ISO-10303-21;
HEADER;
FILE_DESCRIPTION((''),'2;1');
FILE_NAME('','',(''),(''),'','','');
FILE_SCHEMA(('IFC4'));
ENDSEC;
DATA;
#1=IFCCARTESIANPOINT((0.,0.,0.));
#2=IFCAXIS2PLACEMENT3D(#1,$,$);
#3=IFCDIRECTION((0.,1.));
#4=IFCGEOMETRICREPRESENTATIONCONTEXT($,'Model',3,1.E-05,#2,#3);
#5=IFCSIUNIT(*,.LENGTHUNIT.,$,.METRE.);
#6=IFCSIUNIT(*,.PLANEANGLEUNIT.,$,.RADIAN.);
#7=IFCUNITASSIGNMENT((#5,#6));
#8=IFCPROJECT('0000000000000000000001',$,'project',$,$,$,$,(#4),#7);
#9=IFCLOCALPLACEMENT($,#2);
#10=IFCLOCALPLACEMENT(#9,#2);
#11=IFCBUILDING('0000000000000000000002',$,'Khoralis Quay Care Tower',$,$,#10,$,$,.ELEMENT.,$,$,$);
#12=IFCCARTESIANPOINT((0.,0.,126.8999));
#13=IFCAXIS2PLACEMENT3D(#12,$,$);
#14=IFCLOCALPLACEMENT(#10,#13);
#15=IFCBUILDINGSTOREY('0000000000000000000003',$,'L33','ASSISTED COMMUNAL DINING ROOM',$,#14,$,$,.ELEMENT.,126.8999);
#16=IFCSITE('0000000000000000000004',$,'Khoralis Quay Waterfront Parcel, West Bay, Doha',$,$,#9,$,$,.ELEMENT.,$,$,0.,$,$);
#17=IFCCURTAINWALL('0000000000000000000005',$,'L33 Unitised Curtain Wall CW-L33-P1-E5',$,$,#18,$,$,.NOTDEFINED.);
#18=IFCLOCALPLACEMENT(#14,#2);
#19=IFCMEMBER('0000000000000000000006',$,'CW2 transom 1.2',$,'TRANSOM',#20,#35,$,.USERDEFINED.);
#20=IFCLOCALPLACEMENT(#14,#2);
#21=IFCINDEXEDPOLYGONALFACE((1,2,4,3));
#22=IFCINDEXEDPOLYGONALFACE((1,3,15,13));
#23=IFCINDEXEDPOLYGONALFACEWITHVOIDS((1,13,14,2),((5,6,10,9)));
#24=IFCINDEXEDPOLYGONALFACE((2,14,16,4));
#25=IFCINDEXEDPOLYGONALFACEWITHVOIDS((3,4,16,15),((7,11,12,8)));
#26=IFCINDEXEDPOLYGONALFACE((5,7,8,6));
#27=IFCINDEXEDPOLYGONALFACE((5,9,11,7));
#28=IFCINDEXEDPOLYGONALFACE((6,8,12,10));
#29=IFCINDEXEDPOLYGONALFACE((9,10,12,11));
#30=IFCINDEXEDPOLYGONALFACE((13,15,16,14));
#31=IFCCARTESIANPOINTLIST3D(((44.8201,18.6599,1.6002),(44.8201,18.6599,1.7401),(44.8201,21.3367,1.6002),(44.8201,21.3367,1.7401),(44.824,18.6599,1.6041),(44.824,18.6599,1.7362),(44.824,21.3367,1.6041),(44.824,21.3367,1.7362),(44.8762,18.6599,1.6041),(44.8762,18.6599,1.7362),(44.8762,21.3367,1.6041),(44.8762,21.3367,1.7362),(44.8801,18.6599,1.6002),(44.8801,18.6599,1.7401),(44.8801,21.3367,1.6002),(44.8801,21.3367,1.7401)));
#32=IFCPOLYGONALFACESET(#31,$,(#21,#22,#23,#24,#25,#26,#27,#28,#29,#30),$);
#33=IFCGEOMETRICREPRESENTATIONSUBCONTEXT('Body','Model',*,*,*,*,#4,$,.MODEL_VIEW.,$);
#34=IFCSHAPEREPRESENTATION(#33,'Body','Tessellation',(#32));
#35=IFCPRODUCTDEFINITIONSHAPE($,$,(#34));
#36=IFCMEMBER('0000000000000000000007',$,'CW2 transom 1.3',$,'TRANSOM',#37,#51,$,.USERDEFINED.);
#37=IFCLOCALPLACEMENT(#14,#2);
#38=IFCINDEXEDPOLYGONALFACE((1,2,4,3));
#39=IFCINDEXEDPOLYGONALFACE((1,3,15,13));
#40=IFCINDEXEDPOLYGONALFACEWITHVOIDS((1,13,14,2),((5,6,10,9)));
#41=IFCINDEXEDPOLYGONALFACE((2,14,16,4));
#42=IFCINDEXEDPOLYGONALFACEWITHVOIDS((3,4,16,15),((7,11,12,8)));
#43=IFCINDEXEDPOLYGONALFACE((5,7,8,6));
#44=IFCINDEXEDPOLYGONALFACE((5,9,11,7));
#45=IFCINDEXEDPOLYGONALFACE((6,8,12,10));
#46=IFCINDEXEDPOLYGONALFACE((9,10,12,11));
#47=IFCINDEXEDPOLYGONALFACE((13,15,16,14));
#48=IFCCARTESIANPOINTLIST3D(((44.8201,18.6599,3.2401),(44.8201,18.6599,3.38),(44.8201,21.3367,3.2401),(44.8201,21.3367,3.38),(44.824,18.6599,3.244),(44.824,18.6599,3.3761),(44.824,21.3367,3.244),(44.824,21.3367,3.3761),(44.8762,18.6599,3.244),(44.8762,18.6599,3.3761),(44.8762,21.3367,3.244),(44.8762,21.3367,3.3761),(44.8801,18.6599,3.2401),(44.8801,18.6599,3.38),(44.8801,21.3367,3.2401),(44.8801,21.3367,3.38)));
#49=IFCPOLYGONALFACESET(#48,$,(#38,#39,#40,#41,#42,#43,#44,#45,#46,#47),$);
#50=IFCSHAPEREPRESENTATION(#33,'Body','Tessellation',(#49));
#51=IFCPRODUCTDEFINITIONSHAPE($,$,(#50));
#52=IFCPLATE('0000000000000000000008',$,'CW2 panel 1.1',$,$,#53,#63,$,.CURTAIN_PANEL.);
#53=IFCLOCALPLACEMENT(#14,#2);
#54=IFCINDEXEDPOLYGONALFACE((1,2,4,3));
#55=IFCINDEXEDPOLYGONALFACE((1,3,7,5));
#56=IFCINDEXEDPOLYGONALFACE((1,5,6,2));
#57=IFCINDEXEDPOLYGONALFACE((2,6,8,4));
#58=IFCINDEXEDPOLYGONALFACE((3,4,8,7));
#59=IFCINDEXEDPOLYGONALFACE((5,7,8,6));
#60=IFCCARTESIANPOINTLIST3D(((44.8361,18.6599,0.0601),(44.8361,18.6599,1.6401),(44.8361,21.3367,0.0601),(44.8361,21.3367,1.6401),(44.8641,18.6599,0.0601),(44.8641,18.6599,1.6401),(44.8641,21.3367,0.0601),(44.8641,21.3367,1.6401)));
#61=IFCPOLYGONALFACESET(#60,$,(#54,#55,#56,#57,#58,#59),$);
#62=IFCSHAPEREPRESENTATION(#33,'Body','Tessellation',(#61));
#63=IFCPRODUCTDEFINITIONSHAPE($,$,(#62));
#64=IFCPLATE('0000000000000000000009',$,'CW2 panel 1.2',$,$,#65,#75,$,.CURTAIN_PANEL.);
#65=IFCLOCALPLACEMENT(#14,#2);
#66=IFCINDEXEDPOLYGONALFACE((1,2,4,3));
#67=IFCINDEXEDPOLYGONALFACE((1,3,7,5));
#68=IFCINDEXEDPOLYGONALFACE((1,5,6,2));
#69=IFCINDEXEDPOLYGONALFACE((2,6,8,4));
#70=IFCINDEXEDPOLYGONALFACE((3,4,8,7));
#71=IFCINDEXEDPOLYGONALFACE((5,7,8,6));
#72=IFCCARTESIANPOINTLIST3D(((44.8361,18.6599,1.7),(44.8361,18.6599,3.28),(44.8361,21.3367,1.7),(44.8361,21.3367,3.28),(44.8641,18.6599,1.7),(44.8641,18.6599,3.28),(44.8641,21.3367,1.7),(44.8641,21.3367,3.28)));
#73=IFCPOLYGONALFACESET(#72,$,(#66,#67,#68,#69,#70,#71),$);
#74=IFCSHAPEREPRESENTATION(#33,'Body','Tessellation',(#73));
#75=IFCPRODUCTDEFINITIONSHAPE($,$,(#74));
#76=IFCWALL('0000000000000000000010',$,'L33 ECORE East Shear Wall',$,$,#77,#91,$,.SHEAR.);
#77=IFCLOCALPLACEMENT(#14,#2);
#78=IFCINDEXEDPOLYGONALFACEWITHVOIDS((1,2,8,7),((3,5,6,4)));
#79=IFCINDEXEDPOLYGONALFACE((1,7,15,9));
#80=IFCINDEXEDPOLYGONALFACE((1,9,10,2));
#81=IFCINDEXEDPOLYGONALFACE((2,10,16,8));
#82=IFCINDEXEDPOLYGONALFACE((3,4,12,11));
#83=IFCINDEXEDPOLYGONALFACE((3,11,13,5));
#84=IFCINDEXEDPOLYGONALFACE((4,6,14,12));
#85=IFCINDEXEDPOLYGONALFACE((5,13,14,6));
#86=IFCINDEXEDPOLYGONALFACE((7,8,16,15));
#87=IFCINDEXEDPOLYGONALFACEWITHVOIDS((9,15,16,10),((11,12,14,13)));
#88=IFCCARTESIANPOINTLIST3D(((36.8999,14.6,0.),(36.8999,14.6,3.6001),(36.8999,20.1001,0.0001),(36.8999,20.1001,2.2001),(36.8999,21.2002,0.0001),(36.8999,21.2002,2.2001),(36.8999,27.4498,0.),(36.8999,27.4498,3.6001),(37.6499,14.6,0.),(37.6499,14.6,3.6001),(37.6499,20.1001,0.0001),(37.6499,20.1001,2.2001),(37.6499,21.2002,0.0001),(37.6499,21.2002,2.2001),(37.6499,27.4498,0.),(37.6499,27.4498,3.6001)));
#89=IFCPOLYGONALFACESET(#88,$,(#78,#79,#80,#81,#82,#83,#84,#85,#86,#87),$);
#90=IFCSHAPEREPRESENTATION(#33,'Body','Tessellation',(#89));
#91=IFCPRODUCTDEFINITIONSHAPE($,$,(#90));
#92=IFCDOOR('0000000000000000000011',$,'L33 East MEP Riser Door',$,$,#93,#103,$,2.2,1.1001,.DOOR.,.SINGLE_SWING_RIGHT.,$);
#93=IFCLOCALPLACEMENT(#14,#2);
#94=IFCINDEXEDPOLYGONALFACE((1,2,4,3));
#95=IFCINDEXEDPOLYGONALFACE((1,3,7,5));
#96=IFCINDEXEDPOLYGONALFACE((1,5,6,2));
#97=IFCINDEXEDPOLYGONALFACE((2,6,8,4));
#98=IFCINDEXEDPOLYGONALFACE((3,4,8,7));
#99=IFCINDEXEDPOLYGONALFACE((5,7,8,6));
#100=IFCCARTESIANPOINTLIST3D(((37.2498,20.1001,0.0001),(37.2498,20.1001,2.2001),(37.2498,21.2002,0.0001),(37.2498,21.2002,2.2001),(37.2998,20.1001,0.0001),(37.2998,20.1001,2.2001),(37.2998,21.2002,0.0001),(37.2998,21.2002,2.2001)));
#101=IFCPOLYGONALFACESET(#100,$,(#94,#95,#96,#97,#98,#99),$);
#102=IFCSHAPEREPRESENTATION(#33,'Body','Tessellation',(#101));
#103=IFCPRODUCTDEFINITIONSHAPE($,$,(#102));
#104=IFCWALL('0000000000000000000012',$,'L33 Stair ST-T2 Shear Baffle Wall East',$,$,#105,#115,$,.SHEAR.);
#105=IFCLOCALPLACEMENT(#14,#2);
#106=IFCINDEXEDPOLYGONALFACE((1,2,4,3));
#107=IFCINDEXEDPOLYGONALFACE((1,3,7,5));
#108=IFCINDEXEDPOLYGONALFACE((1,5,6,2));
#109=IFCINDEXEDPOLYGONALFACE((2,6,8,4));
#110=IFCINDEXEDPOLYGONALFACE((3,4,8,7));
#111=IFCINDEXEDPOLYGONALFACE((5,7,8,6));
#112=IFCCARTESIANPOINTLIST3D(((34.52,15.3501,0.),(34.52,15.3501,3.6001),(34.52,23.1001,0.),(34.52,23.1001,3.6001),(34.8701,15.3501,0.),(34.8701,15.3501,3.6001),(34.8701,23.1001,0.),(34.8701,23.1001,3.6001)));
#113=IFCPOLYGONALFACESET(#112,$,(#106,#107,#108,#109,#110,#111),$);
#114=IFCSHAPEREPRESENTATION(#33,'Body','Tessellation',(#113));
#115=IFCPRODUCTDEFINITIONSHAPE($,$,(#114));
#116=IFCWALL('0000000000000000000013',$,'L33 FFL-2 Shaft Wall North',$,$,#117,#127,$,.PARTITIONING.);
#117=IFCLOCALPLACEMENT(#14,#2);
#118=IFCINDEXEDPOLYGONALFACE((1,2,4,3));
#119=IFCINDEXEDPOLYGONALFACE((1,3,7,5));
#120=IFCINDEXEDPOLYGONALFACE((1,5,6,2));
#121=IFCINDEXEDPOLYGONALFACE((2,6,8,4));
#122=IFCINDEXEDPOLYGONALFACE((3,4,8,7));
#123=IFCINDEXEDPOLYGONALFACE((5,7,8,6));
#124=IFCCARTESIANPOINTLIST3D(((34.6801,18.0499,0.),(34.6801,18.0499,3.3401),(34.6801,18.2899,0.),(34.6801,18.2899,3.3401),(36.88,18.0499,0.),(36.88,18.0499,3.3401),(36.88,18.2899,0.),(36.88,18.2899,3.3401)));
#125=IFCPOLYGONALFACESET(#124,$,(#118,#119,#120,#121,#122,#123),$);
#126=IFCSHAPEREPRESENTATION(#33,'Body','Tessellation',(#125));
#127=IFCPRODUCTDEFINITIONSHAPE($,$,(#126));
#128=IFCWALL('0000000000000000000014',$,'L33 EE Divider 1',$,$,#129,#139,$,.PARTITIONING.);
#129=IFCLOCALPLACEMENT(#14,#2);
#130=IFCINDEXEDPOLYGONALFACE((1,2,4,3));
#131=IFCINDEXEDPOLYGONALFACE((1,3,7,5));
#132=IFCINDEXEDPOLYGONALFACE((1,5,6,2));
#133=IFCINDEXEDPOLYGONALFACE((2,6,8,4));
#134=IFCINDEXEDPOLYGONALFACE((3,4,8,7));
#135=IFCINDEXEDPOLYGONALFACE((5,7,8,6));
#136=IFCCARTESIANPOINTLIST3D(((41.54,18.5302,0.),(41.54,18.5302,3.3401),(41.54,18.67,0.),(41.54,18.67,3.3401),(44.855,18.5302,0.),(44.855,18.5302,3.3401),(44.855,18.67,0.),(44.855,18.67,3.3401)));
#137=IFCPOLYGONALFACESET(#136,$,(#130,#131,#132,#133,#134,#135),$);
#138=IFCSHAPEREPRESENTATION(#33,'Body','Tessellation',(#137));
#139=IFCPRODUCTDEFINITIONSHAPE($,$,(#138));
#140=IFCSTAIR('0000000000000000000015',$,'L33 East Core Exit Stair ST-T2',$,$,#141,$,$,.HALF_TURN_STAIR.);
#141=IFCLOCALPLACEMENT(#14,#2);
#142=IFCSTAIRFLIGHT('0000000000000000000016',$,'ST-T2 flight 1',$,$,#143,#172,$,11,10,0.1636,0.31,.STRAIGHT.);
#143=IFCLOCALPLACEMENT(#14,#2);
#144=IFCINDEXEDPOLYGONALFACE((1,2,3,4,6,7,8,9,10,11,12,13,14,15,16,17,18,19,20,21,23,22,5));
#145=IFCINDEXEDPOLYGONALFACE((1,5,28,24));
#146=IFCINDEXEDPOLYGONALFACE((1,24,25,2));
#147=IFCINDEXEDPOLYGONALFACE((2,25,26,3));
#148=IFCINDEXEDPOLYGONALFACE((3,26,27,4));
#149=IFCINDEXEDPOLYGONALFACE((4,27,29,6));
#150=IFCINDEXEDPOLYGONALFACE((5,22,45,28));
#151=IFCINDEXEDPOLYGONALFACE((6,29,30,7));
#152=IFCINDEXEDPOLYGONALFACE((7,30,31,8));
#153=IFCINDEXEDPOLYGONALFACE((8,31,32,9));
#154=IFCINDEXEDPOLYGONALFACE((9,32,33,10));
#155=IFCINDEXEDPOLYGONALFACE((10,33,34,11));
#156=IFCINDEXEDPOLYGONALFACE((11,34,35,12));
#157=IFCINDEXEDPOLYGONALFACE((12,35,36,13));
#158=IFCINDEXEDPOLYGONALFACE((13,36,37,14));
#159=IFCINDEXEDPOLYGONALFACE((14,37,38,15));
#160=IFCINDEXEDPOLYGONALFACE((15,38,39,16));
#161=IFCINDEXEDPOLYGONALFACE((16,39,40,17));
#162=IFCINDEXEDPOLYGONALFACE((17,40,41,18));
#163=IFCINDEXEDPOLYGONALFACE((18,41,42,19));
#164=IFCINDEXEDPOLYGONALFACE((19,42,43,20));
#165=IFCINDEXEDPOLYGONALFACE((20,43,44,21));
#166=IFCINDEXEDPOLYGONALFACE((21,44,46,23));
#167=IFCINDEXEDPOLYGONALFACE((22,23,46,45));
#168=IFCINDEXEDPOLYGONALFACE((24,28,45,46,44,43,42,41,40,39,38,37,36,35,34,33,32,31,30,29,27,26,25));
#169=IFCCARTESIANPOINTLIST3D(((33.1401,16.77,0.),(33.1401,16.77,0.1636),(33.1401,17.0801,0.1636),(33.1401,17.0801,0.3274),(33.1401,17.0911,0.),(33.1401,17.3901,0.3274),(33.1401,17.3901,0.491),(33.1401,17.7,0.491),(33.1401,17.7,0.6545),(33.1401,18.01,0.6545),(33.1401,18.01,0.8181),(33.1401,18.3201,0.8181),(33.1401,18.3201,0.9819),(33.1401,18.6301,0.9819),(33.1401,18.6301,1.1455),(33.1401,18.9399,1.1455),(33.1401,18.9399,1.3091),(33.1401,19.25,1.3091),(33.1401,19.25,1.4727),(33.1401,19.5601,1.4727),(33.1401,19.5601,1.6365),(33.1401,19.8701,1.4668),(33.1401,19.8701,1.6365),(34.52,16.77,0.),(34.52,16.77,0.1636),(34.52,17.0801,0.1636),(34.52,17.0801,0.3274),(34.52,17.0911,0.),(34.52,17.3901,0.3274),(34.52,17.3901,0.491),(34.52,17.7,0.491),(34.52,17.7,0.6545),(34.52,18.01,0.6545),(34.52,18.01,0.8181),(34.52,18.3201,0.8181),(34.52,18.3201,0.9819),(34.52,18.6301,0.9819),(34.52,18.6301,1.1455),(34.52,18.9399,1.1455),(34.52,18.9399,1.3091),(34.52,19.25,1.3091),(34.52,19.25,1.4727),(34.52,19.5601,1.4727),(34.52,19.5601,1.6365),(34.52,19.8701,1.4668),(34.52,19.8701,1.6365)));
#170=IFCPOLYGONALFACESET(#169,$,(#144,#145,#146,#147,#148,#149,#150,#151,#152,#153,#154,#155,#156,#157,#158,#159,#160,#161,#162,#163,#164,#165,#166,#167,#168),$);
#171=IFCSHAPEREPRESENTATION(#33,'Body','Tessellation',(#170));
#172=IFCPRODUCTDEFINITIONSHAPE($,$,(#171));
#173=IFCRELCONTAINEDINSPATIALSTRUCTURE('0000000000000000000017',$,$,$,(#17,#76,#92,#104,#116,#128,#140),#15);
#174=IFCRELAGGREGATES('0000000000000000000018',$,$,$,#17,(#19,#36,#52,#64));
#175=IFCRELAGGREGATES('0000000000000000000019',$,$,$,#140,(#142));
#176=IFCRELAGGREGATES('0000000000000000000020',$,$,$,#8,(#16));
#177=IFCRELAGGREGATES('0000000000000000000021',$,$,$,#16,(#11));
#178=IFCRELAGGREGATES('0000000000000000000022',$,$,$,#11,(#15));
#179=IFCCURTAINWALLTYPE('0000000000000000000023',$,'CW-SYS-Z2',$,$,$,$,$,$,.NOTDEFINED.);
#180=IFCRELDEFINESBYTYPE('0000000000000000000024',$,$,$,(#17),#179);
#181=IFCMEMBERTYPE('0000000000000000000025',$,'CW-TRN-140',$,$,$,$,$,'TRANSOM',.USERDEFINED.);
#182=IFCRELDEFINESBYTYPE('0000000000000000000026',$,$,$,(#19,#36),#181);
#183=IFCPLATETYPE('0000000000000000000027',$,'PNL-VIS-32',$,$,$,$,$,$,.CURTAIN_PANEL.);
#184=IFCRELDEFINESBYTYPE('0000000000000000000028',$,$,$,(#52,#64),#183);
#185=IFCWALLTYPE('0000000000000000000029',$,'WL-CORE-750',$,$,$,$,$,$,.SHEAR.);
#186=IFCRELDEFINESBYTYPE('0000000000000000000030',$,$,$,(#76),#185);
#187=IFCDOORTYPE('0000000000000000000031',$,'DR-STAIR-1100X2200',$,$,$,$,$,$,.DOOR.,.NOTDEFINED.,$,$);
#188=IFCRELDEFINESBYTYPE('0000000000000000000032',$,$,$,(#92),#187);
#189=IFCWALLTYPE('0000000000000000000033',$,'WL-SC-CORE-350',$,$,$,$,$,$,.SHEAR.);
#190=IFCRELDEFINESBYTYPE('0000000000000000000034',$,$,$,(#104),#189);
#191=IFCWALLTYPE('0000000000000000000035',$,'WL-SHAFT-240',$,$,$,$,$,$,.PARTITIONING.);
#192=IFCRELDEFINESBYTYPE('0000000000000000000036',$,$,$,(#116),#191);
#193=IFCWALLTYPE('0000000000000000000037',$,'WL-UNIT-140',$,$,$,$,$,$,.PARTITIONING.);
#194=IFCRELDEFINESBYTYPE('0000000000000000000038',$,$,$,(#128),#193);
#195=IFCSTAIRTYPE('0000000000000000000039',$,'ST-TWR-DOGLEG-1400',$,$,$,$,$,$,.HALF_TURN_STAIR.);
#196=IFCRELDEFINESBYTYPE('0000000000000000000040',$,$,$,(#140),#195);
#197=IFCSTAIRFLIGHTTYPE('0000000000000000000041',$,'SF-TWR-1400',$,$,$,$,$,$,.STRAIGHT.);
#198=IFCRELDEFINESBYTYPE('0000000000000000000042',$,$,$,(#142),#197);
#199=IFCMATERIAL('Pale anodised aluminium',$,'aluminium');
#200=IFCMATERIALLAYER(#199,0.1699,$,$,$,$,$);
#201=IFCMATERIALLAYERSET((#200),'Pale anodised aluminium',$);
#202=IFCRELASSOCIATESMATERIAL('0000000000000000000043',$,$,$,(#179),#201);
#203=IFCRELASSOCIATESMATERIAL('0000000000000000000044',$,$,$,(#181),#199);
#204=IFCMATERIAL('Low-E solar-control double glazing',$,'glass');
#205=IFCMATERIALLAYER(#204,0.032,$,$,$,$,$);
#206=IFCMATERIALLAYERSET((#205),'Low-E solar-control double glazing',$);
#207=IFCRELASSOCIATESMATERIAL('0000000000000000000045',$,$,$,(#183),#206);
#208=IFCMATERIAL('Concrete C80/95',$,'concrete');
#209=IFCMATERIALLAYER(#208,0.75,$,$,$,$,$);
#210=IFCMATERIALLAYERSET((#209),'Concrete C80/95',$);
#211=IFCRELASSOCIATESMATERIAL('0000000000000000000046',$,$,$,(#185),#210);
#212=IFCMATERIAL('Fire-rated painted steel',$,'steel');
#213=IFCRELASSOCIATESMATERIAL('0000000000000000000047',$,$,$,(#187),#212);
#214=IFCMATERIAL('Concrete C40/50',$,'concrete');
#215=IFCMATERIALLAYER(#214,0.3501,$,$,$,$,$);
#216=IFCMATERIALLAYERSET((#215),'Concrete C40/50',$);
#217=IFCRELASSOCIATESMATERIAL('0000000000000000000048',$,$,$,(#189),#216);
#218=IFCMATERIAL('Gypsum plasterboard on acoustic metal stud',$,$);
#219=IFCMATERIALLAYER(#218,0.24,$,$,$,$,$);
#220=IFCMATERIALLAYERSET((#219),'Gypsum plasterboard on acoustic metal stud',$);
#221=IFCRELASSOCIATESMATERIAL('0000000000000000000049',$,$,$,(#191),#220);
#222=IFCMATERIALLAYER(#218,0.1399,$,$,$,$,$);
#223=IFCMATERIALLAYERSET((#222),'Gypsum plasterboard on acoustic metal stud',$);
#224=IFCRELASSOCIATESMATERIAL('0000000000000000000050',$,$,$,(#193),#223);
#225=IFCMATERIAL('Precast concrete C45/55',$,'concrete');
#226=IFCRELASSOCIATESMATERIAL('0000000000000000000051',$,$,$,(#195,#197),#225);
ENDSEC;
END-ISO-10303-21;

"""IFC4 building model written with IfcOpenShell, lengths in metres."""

from ifc_helpers import new_model, si_unit, direction, frame, frame_2d, origin, origin_2d, place, context, subcontext, project, spatial, polyline, rectangle, hollow_rectangle, outline, extrude, source, transform, mapped, material, layer, layer_set, material_profile, profile_set, type_object, element, fill, aggregate, save


model = new_model("IFC4")

# Units and contexts
model_context = context("Model", 3, precision=1e-05, world=origin(), true_north=direction((0.0, 1.0)))
body_context = subcontext(model_context, "Body", "Model", "MODEL_VIEW")
ifc_project = project(units=[si_unit("LENGTHUNIT", "METRE"), si_unit("PLANEANGLEUNIT", "RADIAN")], contexts=[model_context])

# Site, building, storey
site_placement = place(None, origin())
site = spatial("IfcSite", under=ifc_project, at=site_placement, Name="Khoralis Quay Waterfront Parcel, West Bay, Doha", CompositionType="ELEMENT", RefElevation=0.0)
building_placement = place(site_placement, origin())
building = spatial("IfcBuilding", under=site, at=building_placement, Name="Khoralis Quay Care Tower", CompositionType="ELEMENT")
storey_placement = place(building_placement, frame((0.0, 0.0, 126.8999)))
storey = spatial("IfcBuildingStorey", under=building, at=storey_placement, Name="L33", Description="ASSISTED COMMUNAL DINING ROOM", CompositionType="ELEMENT", Elevation=126.8999)

# Curtain wall, members, plates
ifc_material_1 = material(Name="Pale anodised aluminium", Category="aluminium")
ifc_layer_1 = layer(ifc_material_1, 0.1699)
ifc_layer_set_1 = layer_set([ifc_layer_1], Name="Pale anodised aluminium")
curtain_wall_type = type_object("IfcCurtainWallType", Name="CW-SYS-Z2", PredefinedType="NOTDEFINED", material=ifc_layer_set_1)
curtain_wall_placement = place(storey_placement, origin())
curtain_wall = element("IfcCurtainWall", 1, at=curtain_wall_placement, inside=storey, type_object=curtain_wall_type, Name="L33 Unitised Curtain Wall CW-L33-P1-E5", PredefinedType="NOTDEFINED")
ifc_material_profile_1 = material_profile(ifc_material_1, hollow_rectangle(XDim=0.0601, YDim=0.1399, WallThickness=0.0039, at=origin_2d()), Name="Pale anodised aluminium")
ifc_profile_set_1 = profile_set([ifc_material_profile_1], Name="Pale anodised aluminium")
member_type_1 = type_object("IfcMemberType", Name="CW-TRN-140", ElementType="TRANSOM", PredefinedType="USERDEFINED", material=ifc_profile_set_1)
shared_shape_1 = source(origin(), body_context, "Body", "SweptSolid", [
    extrude(hollow_rectangle(XDim=0.0601, YDim=0.1399, WallThickness=0.0039, at=origin_2d()), origin(), (0.0, 0.0, 1.0), 2.6768),
])
member_1_placement = place(storey_placement, frame((44.8501, 18.6599, 1.6702), z_axis=(0.0, 1.0, 0.0), x_axis=(-1.0, 0.0, 0.0)))
member_1 = element("IfcMember", 2, at=member_1_placement, type_object=member_type_1, Name="CW2 transom 1.2", ObjectType="TRANSOM", PredefinedType="USERDEFINED", context=body_context, shape_type="MappedRepresentation", body=[
    mapped(shared_shape_1, transform((0.0, 0.0, 0.0), scale=1.0)),
])
member_2_placement = place(storey_placement, frame((44.8501, 18.6599, 3.3101), z_axis=(0.0, 1.0, 0.0), x_axis=(-1.0, 0.0, 0.0)))
member_2 = element("IfcMember", 3, at=member_2_placement, type_object=member_type_1, Name="CW2 transom 1.3", ObjectType="TRANSOM", PredefinedType="USERDEFINED", context=body_context, shape_type="MappedRepresentation", body=[
    mapped(shared_shape_1, transform((0.0, 0.0, 0.0), scale=1.0)),
])
ifc_material_2 = material(Name="Low-E solar-control double glazing", Category="glass")
ifc_layer_2 = layer(ifc_material_2, 0.032)
ifc_layer_set_2 = layer_set([ifc_layer_2], Name="Low-E solar-control double glazing")
plate_type = type_object("IfcPlateType", Name="PNL-VIS-32", PredefinedType="CURTAIN_PANEL", material=ifc_layer_set_2)
shared_shape_2 = source(origin(), body_context, "Body", "SweptSolid", [
    extrude(rectangle(XDim=2.6768, YDim=0.0281, at=origin_2d()), origin(), (0.0, 0.0, 1.0), 1.5801),
])
plate_1_placement = place(storey_placement, frame((44.8501, 19.9983, 0.0601), z_axis=(0.0, 0.0, 1.0), x_axis=(0.0, 1.0, 0.0)))
plate_1 = element("IfcPlate", 4, at=plate_1_placement, type_object=plate_type, Name="CW2 panel 1.1", PredefinedType="CURTAIN_PANEL", context=body_context, shape_type="MappedRepresentation", body=[
    mapped(shared_shape_2, transform((0.0, 0.0, 0.0), scale=1.0)),
])
plate_2_placement = place(storey_placement, frame((44.8501, 19.9983, 1.7), z_axis=(0.0, 0.0, 1.0), x_axis=(0.0, 1.0, 0.0)))
plate_2 = element("IfcPlate", 5, at=plate_2_placement, type_object=plate_type, Name="CW2 panel 1.2", PredefinedType="CURTAIN_PANEL", context=body_context, shape_type="MappedRepresentation", body=[
    mapped(shared_shape_2, transform((0.0, 0.0, 0.0), scale=1.0)),
])
aggregate(curtain_wall, [member_1, member_2, plate_1, plate_2])

# Wall, opening, door
ifc_material_3 = material(Name="Concrete C80/95", Category="concrete")
ifc_layer_3 = layer(ifc_material_3, 0.75)
ifc_layer_set_3 = layer_set([ifc_layer_3], Name="Concrete C80/95")
wall_type_1 = type_object("IfcWallType", Name="WL-CORE-750", PredefinedType="SHEAR", material=ifc_layer_set_3)
wall_1_placement = place(storey_placement, frame((37.2749, 14.6001, 0.0), z_axis=(0.0, 0.0, 1.0), x_axis=(0.0, 1.0, 0.0)))
wall_1 = element("IfcWall", 6, at=wall_1_placement, inside=storey, type_object=wall_type_1, Name="L33 ECORE East Shear Wall", PredefinedType="SHEAR", context=body_context, shape_type="SweptSolid", body=[
    extrude(rectangle(XDim=12.8499, YDim=0.75, at=frame_2d((6.4248, 0.0))), origin(), (0.0, 0.0, 1.0), 3.6001),
])
opening_placement = place(wall_1_placement, frame((5.5, 0.0, 0.0)))
opening = element("IfcOpeningElement", 7, at=opening_placement, cuts=wall_1, PredefinedType="OPENING", context=body_context, shape_type="SweptSolid", body=[
    extrude(rectangle(XDim=1.1001, YDim=2.2, at=frame_2d((0.55, 1.1001))), frame((0.0, 0.385, 0.0), z_axis=(0.0, -1.0, 0.0), x_axis=(1.0, 0.0, 0.0)), (0.0, 0.0, 1.0), 0.77),
])
ifc_material_4 = material(Name="Fire-rated painted steel", Category="steel")
door_type = type_object("IfcDoorType", Name="DR-STAIR-1100X2200", OperationType="NOTDEFINED", PredefinedType="DOOR", material=ifc_material_4)
shared_shape_3 = source(origin(), body_context, "Body", "SweptSolid", [
    extrude(rectangle(XDim=1.1001, YDim=2.2, at=frame_2d((0.55, 1.1001))), frame((0.0, 0.0249, 0.0), z_axis=(0.0, -1.0, 0.0), x_axis=(1.0, 0.0, 0.0)), (0.0, 0.0, 1.0), 0.05),
])
door_placement = place(opening_placement, frame((1.1001, 0.0, 0.0), z_axis=(0.0, 0.0, 1.0), x_axis=(-1.0, 0.0, 0.0)))
door = element("IfcDoor", 8, at=door_placement, inside=storey, type_object=door_type, Name="L33 East MEP Riser Door", OperationType="SINGLE_SWING_RIGHT", OverallHeight=2.2, OverallWidth=1.1001, PredefinedType="DOOR", context=body_context, shape_type="MappedRepresentation", body=[
    mapped(shared_shape_3, transform((0.0, 0.0, 0.0), scale=1.0)),
])
fill(opening, door)

# Walls
ifc_material_5 = material(Name="Concrete C40/50", Category="concrete")
ifc_layer_4 = layer(ifc_material_5, 0.3501)
ifc_layer_set_4 = layer_set([ifc_layer_4], Name="Concrete C40/50")
wall_type_2 = type_object("IfcWallType", Name="WL-SC-CORE-350", PredefinedType="SHEAR", material=ifc_layer_set_4)
wall_2_placement = place(storey_placement, frame((34.6951, 15.3501, 0.0), z_axis=(0.0, 0.0, 1.0), x_axis=(0.0, 1.0, 0.0)))
element("IfcWall", 9, at=wall_2_placement, inside=storey, type_object=wall_type_2, Name="L33 Stair ST-T2 Shear Baffle Wall East", PredefinedType="SHEAR", context=body_context, shape_type="SweptSolid", body=[
    extrude(rectangle(XDim=7.75, YDim=0.3501, at=frame_2d((3.875, 0.0))), origin(), (0.0, 0.0, 1.0), 3.6001),
])
ifc_material_6 = material(Name="Gypsum plasterboard on acoustic metal stud")
ifc_layer_5 = layer(ifc_material_6, 0.24)
ifc_layer_set_5 = layer_set([ifc_layer_5], Name="Gypsum plasterboard on acoustic metal stud")
wall_type_3 = type_object("IfcWallType", Name="WL-SHAFT-240", PredefinedType="PARTITIONING", material=ifc_layer_set_5)
wall_3_placement = place(storey_placement, frame((34.6799, 18.1699, 0.0), z_axis=(0.0, 0.0, 1.0), x_axis=(1.0, 0.0, 0.0)))
element("IfcWall", 10, at=wall_3_placement, inside=storey, type_object=wall_type_3, Name="L33 FFL-2 Shaft Wall North", PredefinedType="PARTITIONING", context=body_context, shape_type="SweptSolid", body=[
    extrude(rectangle(XDim=2.2, YDim=0.24, at=frame_2d((1.1001, 0.0))), origin(), (0.0, 0.0, 1.0), 3.3401),
])
ifc_layer_6 = layer(ifc_material_6, 0.1399)
ifc_layer_set_6 = layer_set([ifc_layer_6], Name="Gypsum plasterboard on acoustic metal stud")
wall_type_4 = type_object("IfcWallType", Name="WL-UNIT-140", PredefinedType="PARTITIONING", material=ifc_layer_set_6)
wall_4_placement = place(storey_placement, frame((41.54, 18.6001, 0.0), z_axis=(0.0, 0.0, 1.0), x_axis=(1.0, 0.0, 0.0)))
element("IfcWall", 11, at=wall_4_placement, inside=storey, type_object=wall_type_4, Name="L33 EE Divider 1", PredefinedType="PARTITIONING", context=body_context, shape_type="SweptSolid", body=[
    extrude(rectangle(XDim=3.3149, YDim=0.1399, at=frame_2d((1.6575, 0.0))), origin(), (0.0, 0.0, 1.0), 3.3401),
])

# Stair, stair flight
ifc_material_7 = material(Name="Precast concrete C45/55", Category="concrete")
stair_type = type_object("IfcStairType", Name="ST-TWR-DOGLEG-1400", PredefinedType="HALF_TURN_STAIR", material=ifc_material_7)
stair_placement = place(storey_placement, origin())
stair = element("IfcStair", 12, at=stair_placement, inside=storey, type_object=stair_type, Name="L33 East Core Exit Stair ST-T2", PredefinedType="HALF_TURN_STAIR")
stair_flight_type = type_object("IfcStairFlightType", Name="SF-TWR-1400", PredefinedType="STRAIGHT", material=ifc_material_7)
shared_shape_4 = source(origin(), body_context, "Body", "SweptSolid", [
    extrude(outline(polyline([(0.0, 0.0), (0.0, 0.1636), (0.3101, 0.1636), (0.3101, 0.3274), (0.6201, 0.3274), (0.6201, 0.491), (0.9299, 0.491), (0.9299, 0.6545), (1.24, 0.6545), (1.24, 0.8181), (1.55, 0.8181), (1.55, 0.9819), (1.8601, 0.9819), (1.8601, 1.1455), (2.1699, 1.1455), (2.1699, 1.3091), (2.48, 1.3091), (2.48, 1.4727), (2.79, 1.4727), (2.79, 1.6365), (3.1001, 1.6365), (3.1001, 1.8), (3.1001, 1.4668), (0.321, 0.0), (0.0, 0.0)])), frame((0.0, 0.6899, 0.0), z_axis=(0.0, -1.0, 0.0), x_axis=(1.0, 0.0, 0.0)), (0.0, 0.0, 1.0), 1.3799),
])
stair_flight_1_placement = place(storey_placement, frame((33.8301, 16.77, 0.0), z_axis=(0.0, 0.0, 1.0), x_axis=(0.0, 1.0, 0.0)))
stair_flight_1 = element("IfcStairFlight", 13, at=stair_flight_1_placement, type_object=stair_flight_type, Name="ST-T2 flight 1", NumberOfRisers=11, NumberOfTreads=10, PredefinedType="STRAIGHT", RiserHeight=0.1636, TreadLength=0.31, context=body_context, shape_type="MappedRepresentation", body=[
    mapped(shared_shape_4, transform((0.0, 0.0, 0.0), scale=1.0)),
])
aggregate(stair, [stair_flight_1])

save(model, "model.ifc")
